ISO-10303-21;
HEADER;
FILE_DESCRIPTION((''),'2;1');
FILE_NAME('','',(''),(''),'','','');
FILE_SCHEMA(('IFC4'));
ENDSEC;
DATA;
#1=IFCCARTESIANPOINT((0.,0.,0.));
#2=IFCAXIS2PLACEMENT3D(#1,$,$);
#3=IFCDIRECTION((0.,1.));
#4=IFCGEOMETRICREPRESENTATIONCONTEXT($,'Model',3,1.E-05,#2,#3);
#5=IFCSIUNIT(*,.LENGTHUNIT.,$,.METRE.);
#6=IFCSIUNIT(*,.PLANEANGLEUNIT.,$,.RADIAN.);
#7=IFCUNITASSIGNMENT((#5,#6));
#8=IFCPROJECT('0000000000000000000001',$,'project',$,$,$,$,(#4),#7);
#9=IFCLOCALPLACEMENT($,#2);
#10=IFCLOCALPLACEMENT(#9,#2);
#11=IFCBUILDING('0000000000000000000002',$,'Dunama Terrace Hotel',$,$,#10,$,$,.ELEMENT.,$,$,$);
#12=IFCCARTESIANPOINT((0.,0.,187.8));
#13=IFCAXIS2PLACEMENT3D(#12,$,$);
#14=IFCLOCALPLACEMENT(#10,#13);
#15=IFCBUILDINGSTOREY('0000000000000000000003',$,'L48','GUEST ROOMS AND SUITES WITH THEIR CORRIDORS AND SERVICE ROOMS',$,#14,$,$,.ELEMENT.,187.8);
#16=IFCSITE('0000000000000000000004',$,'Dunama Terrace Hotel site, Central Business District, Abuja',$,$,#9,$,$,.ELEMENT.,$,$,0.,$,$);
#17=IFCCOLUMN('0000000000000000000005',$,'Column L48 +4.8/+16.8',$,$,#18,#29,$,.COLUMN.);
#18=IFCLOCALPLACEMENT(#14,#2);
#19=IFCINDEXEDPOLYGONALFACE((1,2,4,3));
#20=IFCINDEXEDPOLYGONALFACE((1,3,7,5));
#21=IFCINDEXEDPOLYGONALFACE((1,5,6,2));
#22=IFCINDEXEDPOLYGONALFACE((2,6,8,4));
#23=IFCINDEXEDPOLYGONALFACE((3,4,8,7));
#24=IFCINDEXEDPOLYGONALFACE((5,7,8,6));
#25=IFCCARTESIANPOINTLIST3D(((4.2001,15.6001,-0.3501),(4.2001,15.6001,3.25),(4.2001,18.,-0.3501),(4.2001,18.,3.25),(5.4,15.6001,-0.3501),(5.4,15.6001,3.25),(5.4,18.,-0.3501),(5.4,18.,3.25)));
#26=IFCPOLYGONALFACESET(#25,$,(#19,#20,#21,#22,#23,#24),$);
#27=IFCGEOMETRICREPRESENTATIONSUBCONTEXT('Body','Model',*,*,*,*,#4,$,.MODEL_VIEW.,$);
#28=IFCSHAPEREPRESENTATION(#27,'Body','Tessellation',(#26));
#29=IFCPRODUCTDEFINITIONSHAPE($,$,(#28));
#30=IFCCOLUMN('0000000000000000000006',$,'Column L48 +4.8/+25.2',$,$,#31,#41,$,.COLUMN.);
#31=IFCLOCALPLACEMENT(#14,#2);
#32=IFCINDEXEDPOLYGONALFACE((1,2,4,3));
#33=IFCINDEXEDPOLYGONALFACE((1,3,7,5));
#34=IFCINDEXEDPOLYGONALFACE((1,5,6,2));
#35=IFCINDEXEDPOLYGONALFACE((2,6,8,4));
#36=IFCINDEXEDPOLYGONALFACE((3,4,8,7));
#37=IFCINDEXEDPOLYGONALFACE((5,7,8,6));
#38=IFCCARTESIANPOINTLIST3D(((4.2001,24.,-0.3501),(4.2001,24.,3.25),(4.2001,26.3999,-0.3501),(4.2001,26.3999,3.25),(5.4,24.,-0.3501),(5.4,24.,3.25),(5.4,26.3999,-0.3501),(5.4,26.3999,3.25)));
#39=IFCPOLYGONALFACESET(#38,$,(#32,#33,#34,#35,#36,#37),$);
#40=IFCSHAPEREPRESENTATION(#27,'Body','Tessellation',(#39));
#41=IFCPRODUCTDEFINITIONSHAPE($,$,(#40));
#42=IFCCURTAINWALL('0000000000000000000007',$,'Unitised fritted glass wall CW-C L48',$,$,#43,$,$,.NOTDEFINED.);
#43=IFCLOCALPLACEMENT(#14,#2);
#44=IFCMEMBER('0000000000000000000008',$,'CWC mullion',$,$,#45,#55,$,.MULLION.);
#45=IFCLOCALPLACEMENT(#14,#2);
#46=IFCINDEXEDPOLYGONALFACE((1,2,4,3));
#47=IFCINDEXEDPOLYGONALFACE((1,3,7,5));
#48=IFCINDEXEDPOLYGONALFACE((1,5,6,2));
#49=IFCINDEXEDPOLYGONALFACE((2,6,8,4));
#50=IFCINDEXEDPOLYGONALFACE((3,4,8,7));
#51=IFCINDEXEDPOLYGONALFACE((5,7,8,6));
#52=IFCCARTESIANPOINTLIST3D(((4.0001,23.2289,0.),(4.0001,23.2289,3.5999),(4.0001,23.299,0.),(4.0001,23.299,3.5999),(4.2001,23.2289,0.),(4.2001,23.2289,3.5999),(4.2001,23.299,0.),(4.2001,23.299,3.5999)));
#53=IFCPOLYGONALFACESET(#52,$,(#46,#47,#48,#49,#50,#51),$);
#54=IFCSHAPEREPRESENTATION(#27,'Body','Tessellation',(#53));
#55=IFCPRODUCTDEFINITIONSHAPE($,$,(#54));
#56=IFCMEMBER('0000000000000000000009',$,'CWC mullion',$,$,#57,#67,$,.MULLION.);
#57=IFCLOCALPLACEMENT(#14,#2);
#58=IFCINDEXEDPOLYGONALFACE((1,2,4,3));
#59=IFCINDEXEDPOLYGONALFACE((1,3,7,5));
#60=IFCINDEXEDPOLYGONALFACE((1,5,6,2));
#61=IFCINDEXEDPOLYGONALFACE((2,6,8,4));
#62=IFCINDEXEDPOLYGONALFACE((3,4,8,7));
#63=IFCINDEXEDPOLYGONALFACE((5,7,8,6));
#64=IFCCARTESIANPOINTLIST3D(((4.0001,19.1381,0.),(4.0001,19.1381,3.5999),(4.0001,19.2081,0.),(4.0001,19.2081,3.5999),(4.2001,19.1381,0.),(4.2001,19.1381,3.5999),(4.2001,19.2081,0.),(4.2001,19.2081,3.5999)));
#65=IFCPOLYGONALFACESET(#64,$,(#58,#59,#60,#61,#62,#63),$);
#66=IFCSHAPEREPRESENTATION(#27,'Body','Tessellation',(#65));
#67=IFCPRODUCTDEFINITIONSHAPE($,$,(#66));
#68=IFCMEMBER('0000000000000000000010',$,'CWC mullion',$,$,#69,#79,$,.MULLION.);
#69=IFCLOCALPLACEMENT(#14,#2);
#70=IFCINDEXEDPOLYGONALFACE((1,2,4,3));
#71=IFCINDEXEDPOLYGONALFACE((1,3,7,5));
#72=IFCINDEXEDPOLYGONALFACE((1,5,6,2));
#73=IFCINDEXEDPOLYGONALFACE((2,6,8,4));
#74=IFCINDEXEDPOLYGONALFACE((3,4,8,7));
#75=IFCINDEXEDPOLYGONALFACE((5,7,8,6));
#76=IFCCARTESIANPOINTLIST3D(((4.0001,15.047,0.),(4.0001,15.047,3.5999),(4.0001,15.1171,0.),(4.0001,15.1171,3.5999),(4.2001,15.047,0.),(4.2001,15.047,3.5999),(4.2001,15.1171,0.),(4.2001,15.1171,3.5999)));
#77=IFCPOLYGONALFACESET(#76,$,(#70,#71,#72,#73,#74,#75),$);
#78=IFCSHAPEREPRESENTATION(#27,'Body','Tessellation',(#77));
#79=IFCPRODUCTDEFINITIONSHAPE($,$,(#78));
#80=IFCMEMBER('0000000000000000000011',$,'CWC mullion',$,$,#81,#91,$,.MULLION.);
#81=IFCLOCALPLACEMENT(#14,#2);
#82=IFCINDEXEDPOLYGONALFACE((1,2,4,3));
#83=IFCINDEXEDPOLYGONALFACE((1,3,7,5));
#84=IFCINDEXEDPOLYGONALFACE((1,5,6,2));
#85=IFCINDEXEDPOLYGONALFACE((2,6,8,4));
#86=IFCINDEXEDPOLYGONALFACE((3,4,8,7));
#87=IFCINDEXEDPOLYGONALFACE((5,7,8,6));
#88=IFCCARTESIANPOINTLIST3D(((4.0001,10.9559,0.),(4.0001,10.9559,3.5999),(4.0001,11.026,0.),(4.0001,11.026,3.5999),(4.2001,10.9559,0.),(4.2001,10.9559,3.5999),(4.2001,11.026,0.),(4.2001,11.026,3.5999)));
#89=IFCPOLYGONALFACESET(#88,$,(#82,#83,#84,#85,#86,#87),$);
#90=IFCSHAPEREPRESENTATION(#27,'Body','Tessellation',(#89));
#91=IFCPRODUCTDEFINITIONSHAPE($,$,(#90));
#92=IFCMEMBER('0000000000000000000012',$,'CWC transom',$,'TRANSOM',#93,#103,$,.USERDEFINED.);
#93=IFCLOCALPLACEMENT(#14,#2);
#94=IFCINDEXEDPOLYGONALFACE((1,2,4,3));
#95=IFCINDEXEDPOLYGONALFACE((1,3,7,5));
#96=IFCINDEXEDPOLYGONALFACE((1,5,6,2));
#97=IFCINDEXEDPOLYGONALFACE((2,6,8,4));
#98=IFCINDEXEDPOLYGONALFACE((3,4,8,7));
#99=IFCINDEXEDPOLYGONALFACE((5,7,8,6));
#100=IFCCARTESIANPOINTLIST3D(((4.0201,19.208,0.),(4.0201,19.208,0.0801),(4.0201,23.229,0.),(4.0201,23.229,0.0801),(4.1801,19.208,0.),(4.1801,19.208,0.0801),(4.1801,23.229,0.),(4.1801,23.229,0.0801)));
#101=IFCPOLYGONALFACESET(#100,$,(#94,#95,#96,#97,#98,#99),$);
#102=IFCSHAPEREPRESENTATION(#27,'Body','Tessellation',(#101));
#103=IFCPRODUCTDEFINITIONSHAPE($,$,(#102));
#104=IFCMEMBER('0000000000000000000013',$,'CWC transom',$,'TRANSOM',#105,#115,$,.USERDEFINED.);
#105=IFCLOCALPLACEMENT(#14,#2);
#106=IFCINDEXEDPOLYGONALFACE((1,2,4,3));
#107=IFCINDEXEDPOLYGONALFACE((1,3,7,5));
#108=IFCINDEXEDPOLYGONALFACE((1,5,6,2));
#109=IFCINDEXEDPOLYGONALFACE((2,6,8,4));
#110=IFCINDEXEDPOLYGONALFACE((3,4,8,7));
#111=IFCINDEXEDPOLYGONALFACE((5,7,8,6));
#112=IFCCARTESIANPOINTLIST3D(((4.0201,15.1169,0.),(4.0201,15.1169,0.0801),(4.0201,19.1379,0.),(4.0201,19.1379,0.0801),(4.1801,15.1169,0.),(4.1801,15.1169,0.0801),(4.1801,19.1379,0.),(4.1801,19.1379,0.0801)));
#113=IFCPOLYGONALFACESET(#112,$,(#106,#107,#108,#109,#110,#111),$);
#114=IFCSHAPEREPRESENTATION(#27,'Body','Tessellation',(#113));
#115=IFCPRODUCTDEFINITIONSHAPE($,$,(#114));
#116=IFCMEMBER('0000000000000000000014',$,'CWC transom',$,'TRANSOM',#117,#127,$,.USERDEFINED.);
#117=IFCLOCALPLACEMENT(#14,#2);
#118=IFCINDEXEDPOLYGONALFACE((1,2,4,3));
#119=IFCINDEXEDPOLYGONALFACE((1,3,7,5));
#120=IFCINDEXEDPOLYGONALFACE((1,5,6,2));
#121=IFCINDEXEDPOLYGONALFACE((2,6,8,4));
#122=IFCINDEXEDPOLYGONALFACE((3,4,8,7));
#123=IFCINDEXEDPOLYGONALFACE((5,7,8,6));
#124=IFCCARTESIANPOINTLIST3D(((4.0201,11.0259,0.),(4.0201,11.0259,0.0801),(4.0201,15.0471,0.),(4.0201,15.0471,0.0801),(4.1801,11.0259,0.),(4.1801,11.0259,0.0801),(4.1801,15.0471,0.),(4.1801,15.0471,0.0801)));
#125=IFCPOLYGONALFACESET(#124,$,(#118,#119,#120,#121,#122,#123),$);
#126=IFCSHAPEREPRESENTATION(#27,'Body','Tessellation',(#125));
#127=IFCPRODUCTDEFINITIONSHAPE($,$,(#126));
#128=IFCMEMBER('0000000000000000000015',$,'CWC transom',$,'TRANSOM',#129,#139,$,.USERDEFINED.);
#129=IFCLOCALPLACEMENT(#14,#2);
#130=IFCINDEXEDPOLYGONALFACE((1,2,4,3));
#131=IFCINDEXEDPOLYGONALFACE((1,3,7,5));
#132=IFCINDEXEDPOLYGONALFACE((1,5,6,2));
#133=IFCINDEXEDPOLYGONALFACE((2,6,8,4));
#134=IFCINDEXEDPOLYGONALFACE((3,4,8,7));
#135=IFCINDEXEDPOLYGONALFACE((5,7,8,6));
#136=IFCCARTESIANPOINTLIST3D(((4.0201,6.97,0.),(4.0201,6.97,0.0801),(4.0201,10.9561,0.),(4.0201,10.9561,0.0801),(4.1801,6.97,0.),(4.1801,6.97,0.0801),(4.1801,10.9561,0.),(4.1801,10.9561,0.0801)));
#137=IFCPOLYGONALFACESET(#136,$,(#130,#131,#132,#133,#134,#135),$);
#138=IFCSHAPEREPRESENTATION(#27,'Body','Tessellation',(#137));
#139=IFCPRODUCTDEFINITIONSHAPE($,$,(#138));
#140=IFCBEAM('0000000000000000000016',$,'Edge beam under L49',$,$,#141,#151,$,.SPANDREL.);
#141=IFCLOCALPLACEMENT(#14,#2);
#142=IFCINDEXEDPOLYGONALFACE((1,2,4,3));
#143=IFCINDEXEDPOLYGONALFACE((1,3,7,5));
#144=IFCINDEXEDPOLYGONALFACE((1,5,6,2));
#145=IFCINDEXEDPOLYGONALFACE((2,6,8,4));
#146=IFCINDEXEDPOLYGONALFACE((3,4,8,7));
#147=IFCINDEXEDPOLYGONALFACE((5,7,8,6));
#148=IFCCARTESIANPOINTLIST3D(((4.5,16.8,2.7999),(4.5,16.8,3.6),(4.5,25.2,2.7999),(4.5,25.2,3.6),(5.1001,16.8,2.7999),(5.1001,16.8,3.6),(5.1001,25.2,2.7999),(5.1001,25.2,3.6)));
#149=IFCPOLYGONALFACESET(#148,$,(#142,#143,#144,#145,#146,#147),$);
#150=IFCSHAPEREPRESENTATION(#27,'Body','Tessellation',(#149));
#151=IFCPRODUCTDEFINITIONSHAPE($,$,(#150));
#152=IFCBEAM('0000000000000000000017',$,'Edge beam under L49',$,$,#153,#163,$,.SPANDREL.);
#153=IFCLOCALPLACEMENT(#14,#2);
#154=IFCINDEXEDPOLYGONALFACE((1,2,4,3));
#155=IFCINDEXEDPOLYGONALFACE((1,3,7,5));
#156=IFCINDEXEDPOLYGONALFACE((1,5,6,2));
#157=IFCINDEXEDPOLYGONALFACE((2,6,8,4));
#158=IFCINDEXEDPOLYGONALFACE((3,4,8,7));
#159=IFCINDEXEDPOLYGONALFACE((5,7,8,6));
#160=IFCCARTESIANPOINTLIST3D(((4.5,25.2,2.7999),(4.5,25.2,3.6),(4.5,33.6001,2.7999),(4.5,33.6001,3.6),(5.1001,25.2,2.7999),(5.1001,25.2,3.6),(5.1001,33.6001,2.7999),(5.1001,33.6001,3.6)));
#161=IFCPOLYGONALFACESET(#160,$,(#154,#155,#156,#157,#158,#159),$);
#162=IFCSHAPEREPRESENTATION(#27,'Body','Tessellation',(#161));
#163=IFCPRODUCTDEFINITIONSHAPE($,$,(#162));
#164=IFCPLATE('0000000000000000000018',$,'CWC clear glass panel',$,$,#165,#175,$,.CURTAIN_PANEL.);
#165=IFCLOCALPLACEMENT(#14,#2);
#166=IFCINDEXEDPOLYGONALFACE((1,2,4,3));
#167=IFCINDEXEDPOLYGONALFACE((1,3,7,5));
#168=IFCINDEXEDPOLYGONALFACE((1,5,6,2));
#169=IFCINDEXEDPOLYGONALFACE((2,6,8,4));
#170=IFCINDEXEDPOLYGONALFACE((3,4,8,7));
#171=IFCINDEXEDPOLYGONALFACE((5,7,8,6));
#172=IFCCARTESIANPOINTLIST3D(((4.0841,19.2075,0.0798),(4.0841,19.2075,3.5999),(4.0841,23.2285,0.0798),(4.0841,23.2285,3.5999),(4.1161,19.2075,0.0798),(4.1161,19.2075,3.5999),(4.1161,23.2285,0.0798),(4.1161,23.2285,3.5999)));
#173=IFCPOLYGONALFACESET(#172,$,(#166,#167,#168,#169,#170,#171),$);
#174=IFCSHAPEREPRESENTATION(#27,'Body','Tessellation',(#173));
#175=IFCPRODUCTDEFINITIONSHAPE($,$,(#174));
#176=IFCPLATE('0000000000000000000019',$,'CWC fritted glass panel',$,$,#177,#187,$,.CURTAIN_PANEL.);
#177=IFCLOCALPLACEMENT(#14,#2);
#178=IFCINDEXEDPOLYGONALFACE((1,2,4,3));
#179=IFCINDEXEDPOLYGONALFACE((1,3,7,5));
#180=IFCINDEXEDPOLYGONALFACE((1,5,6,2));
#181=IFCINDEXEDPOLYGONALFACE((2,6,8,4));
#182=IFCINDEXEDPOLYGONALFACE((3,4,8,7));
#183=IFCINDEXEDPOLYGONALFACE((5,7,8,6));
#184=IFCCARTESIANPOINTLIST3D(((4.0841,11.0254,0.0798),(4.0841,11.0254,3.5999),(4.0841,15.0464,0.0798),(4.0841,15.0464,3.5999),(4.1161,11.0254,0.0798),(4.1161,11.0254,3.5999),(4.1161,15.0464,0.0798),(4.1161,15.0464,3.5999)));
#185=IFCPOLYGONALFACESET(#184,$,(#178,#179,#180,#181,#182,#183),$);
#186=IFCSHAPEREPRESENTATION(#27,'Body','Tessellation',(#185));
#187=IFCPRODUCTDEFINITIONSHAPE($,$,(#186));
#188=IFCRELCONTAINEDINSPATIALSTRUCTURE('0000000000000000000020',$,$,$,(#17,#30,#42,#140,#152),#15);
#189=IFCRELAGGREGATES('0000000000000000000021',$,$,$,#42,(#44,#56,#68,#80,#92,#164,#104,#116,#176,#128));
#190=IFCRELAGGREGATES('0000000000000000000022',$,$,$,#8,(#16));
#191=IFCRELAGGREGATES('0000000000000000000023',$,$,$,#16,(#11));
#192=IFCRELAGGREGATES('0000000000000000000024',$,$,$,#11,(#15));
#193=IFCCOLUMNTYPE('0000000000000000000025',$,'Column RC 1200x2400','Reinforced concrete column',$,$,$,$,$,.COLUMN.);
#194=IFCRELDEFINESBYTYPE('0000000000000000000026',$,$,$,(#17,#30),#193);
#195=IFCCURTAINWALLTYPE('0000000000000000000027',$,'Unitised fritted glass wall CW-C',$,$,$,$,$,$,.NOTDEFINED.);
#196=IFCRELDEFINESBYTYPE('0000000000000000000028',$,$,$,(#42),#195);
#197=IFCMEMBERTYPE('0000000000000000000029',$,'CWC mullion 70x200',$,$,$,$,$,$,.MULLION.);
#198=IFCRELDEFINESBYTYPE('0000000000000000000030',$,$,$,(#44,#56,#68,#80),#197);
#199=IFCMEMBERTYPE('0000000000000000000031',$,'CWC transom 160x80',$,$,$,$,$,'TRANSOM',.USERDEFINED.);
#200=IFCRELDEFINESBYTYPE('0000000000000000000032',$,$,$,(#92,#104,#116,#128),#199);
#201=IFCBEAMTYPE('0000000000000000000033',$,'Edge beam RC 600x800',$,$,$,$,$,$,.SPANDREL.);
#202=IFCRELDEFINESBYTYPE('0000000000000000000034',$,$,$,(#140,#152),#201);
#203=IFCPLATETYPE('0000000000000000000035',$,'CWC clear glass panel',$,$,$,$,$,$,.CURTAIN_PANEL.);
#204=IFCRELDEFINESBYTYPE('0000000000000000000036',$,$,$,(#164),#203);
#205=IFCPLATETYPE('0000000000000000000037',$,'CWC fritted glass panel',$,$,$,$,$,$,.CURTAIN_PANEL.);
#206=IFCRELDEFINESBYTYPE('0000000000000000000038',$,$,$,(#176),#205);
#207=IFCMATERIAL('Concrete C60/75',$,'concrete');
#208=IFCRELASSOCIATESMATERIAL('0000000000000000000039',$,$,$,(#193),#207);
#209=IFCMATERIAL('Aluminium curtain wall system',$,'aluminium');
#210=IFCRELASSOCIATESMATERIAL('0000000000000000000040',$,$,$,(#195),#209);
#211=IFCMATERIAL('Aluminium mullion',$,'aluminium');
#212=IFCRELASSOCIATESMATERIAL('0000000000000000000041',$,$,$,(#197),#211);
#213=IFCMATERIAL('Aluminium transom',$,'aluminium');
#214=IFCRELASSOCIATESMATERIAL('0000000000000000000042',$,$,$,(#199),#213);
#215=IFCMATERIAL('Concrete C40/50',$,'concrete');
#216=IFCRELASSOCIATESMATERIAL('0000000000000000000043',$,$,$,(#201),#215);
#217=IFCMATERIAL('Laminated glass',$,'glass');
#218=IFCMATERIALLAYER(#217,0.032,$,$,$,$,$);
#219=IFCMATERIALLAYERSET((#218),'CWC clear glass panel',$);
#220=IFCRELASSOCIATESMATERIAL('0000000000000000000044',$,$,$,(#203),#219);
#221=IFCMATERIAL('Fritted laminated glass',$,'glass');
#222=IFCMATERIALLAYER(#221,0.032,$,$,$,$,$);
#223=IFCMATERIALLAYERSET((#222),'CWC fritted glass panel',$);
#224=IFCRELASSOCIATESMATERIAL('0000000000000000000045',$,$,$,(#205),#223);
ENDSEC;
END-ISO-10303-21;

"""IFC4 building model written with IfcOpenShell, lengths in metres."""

from ifc_helpers import new_model, si_unit, direction, frame, origin, origin_2d, place, context, subcontext, project, spatial, rectangle, extrude, material, layer, layer_set, material_profile, profile_set, type_object, element, aggregate, save


model = new_model("IFC4")

# Units and contexts
model_context = context("Model", 3, precision=1e-05, world=origin(), true_north=direction((0.0, 1.0)))
body_context = subcontext(model_context, "Body", "Model", "MODEL_VIEW")
ifc_project = project(units=[si_unit("LENGTHUNIT", "METRE"), si_unit("PLANEANGLEUNIT", "RADIAN")], contexts=[model_context])

# Site, building, storey
site_placement = place(None, origin())
site = spatial("IfcSite", under=ifc_project, at=site_placement, Name="Dunama Terrace Hotel site, Central Business District, Abuja", CompositionType="ELEMENT", RefElevation=0.0)
building_placement = place(site_placement, origin())
building = spatial("IfcBuilding", under=site, at=building_placement, Name="Dunama Terrace Hotel", CompositionType="ELEMENT")
storey_placement = place(building_placement, frame((0.0, 0.0, 187.8)))
storey = spatial("IfcBuildingStorey", under=building, at=storey_placement, Name="L48", Description="GUEST ROOMS AND SUITES WITH THEIR CORRIDORS AND SERVICE ROOMS", CompositionType="ELEMENT", Elevation=187.8)

# Columns
ifc_material_1 = material(Name="Concrete C60/75", Category="concrete")
ifc_material_profile_1 = material_profile(ifc_material_1, rectangle(XDim=1.2, YDim=2.3999, at=origin_2d()), Name="RC 1200x2400")
ifc_profile_set_1 = profile_set([ifc_material_profile_1], Name="Concrete C60/75")
column_type = type_object("IfcColumnType", Name="Column RC 1200x2400", Description="Reinforced concrete column", PredefinedType="COLUMN", material=ifc_profile_set_1)
for number, where, z_axis, x_axis, name in (
    (1, (4.8, 16.8, -0.3501), (0.0, 0.0, 1.0), (1.0, 0.0, 0.0), "Column L48 +4.8/+16.8"),
    (2, (4.8, 25.2, -0.3501), (0.0, 0.0, 1.0), (1.0, 0.0, 0.0), "Column L48 +4.8/+25.2"),
):
    element("IfcColumn", number, at=place(storey_placement, frame(where, z_axis=z_axis, x_axis=x_axis)), inside=storey, type_object=column_type, Name=name, PredefinedType="COLUMN", context=body_context, shape_type="SweptSolid", body=[
        extrude(rectangle(XDim=1.2, YDim=2.3999, at=origin_2d()), origin(), (0.0, 0.0, 1.0), 3.6001),
    ])

# Curtain wall, members
ifc_material_2 = material(Name="Aluminium curtain wall system", Category="aluminium")
curtain_wall_type = type_object("IfcCurtainWallType", Name="Unitised fritted glass wall CW-C", PredefinedType="NOTDEFINED", material=ifc_material_2)
curtain_wall_placement = place(storey_placement, origin())
curtain_wall = element("IfcCurtainWall", 3, at=curtain_wall_placement, inside=storey, type_object=curtain_wall_type, Name="Unitised fritted glass wall CW-C L48", PredefinedType="NOTDEFINED")
ifc_material_3 = material(Name="Aluminium mullion", Category="aluminium")
ifc_material_profile_2 = material_profile(ifc_material_3, rectangle(XDim=0.0701, YDim=0.2, at=origin_2d()), Name="CWC MULLION 70X200")
ifc_profile_set_2 = profile_set([ifc_material_profile_2], Name="Aluminium mullion")
member_type_1 = type_object("IfcMemberType", Name="CWC mullion 70x200", PredefinedType="MULLION", material=ifc_profile_set_2)
member_1_placement = place(storey_placement, frame((4.1001, 23.2639, 0.0), z_axis=(0.0, 0.0, 1.0), x_axis=(0.0, -1.0, 0.0)))
member_1 = element("IfcMember", 4, at=member_1_placement, type_object=member_type_1, Name="CWC mullion", PredefinedType="MULLION", context=body_context, shape_type="SweptSolid", body=[
    extrude(rectangle(XDim=0.0701, YDim=0.2, at=origin_2d()), origin(), (0.0, 0.0, 1.0), 3.5999),
])
member_2_placement = place(storey_placement, frame((4.1001, 19.1731, 0.0), z_axis=(0.0, 0.0, 1.0), x_axis=(0.0, -1.0, 0.0)))
member_2 = element("IfcMember", 5, at=member_2_placement, type_object=member_type_1, Name="CWC mullion", PredefinedType="MULLION", context=body_context, shape_type="SweptSolid", body=[
    extrude(rectangle(XDim=0.0701, YDim=0.2, at=origin_2d()), origin(), (0.0, 0.0, 1.0), 3.5999),
])
member_3_placement = place(storey_placement, frame((4.1001, 15.082, 0.0), z_axis=(0.0, 0.0, 1.0), x_axis=(0.0, -1.0, 0.0)))
member_3 = element("IfcMember", 6, at=member_3_placement, type_object=member_type_1, Name="CWC mullion", PredefinedType="MULLION", context=body_context, shape_type="SweptSolid", body=[
    extrude(rectangle(XDim=0.0701, YDim=0.2, at=origin_2d()), origin(), (0.0, 0.0, 1.0), 3.5999),
])
member_4_placement = place(storey_placement, frame((4.1001, 10.991, 0.0), z_axis=(0.0, 0.0, 1.0), x_axis=(0.0, -1.0, 0.0)))
member_4 = element("IfcMember", 7, at=member_4_placement, type_object=member_type_1, Name="CWC mullion", PredefinedType="MULLION", context=body_context, shape_type="SweptSolid", body=[
    extrude(rectangle(XDim=0.0701, YDim=0.2, at=origin_2d()), origin(), (0.0, 0.0, 1.0), 3.5999),
])
ifc_material_4 = material(Name="Aluminium transom", Category="aluminium")
ifc_material_profile_3 = material_profile(ifc_material_4, rectangle(XDim=0.1599, YDim=0.0801, at=origin_2d()), Name="CWC TRANSOM 160X80")
ifc_profile_set_3 = profile_set([ifc_material_profile_3], Name="Aluminium transom")
member_type_2 = type_object("IfcMemberType", Name="CWC transom 160x80", ElementType="TRANSOM", PredefinedType="USERDEFINED", material=ifc_profile_set_3)
member_5_placement = place(storey_placement, frame((4.1001, 23.229, 0.04), z_axis=(0.0, -1.0, 0.0), x_axis=(1.0, 0.0, 0.0)))
member_5 = element("IfcMember", 8, at=member_5_placement, type_object=member_type_2, Name="CWC transom", ObjectType="TRANSOM", PredefinedType="USERDEFINED", context=body_context, shape_type="SweptSolid", body=[
    extrude(rectangle(XDim=0.1599, YDim=0.0801, at=origin_2d()), origin(), (0.0, 0.0, 1.0), 4.021),
])
member_6_placement = place(storey_placement, frame((4.1001, 19.1379, 0.04), z_axis=(0.0, -1.0, 0.0), x_axis=(1.0, 0.0, 0.0)))
member_6 = element("IfcMember", 9, at=member_6_placement, type_object=member_type_2, Name="CWC transom", ObjectType="TRANSOM", PredefinedType="USERDEFINED", context=body_context, shape_type="SweptSolid", body=[
    extrude(rectangle(XDim=0.1599, YDim=0.0801, at=origin_2d()), origin(), (0.0, 0.0, 1.0), 4.021),
])
member_7_placement = place(storey_placement, frame((4.1001, 15.0471, 0.04), z_axis=(0.0, -1.0, 0.0), x_axis=(1.0, 0.0, 0.0)))
member_7 = element("IfcMember", 10, at=member_7_placement, type_object=member_type_2, Name="CWC transom", ObjectType="TRANSOM", PredefinedType="USERDEFINED", context=body_context, shape_type="SweptSolid", body=[
    extrude(rectangle(XDim=0.1599, YDim=0.0801, at=origin_2d()), origin(), (0.0, 0.0, 1.0), 4.0212),
])
member_8_placement = place(storey_placement, frame((4.1001, 10.9561, 0.04), z_axis=(0.0, -1.0, 0.0), x_axis=(1.0, 0.0, 0.0)))
member_8 = element("IfcMember", 11, at=member_8_placement, type_object=member_type_2, Name="CWC transom", ObjectType="TRANSOM", PredefinedType="USERDEFINED", context=body_context, shape_type="SweptSolid", body=[
    extrude(rectangle(XDim=0.1599, YDim=0.0801, at=origin_2d()), origin(), (0.0, 0.0, 1.0), 3.9861),
])

# Beams
ifc_material_5 = material(Name="Concrete C40/50", Category="concrete")
ifc_material_profile_4 = material_profile(ifc_material_5, rectangle(XDim=0.6001, YDim=0.8, at=origin_2d()), Name="RC 600x800")
ifc_profile_set_4 = profile_set([ifc_material_profile_4], Name="Concrete C40/50")
beam_type = type_object("IfcBeamType", Name="Edge beam RC 600x800", PredefinedType="SPANDREL", material=ifc_profile_set_4)
beam_1_placement = place(storey_placement, frame((4.8, 16.8, 3.2), z_axis=(0.0, 1.0, 0.0), x_axis=(-1.0, 0.0, 0.0)))
element("IfcBeam", 12, at=beam_1_placement, inside=storey, type_object=beam_type, Name="Edge beam under L49", PredefinedType="SPANDREL", context=body_context, shape_type="SweptSolid", body=[
    extrude(rectangle(XDim=0.6001, YDim=0.8, at=origin_2d()), origin(), (0.0, 0.0, 1.0), 8.3999),
])
beam_2_placement = place(storey_placement, frame((4.8, 25.2, 3.2), z_axis=(0.0, 1.0, 0.0), x_axis=(-1.0, 0.0, 0.0)))
element("IfcBeam", 13, at=beam_2_placement, inside=storey, type_object=beam_type, Name="Edge beam under L49", PredefinedType="SPANDREL", context=body_context, shape_type="SweptSolid", body=[
    extrude(rectangle(XDim=0.6001, YDim=0.8, at=origin_2d()), origin(), (0.0, 0.0, 1.0), 8.4001),
])

# Plates
ifc_material_6 = material(Name="Laminated glass", Category="glass")
ifc_layer_1 = layer(ifc_material_6, 0.032)
ifc_layer_set_1 = layer_set([ifc_layer_1], Name="CWC clear glass panel")
plate_type_1 = type_object("IfcPlateType", Name="CWC clear glass panel", PredefinedType="CURTAIN_PANEL", material=ifc_layer_set_1)
plate_1_placement = place(storey_placement, frame((4.1001, 21.218, 0.0798), z_axis=(0.0, 0.0, 1.0), x_axis=(0.0, -1.0, 0.0)))
plate_1 = element("IfcPlate", 14, at=plate_1_placement, type_object=plate_type_1, Name="CWC clear glass panel", PredefinedType="CURTAIN_PANEL", context=body_context, shape_type="SweptSolid", body=[
    extrude(rectangle(XDim=4.021, YDim=0.032, at=origin_2d()), origin(), (0.0, 0.0, 1.0), 3.52),
])
ifc_material_7 = material(Name="Fritted laminated glass", Category="glass")
ifc_layer_2 = layer(ifc_material_7, 0.032)
ifc_layer_set_2 = layer_set([ifc_layer_2], Name="CWC fritted glass panel")
plate_type_2 = type_object("IfcPlateType", Name="CWC fritted glass panel", PredefinedType="CURTAIN_PANEL", material=ifc_layer_set_2)
plate_2_placement = place(storey_placement, frame((4.1001, 13.0359, 0.0798), z_axis=(0.0, 0.0, 1.0), x_axis=(0.0, -1.0, 0.0)))
plate_2 = element("IfcPlate", 15, at=plate_2_placement, type_object=plate_type_2, Name="CWC fritted glass panel", PredefinedType="CURTAIN_PANEL", context=body_context, shape_type="SweptSolid", body=[
    extrude(rectangle(XDim=4.021, YDim=0.032, at=origin_2d()), origin(), (0.0, 0.0, 1.0), 3.52),
])
aggregate(curtain_wall, [member_1, member_2, member_3, member_4, member_5, plate_1, member_6, member_7, plate_2, member_8])

save(model, "model.ifc")
